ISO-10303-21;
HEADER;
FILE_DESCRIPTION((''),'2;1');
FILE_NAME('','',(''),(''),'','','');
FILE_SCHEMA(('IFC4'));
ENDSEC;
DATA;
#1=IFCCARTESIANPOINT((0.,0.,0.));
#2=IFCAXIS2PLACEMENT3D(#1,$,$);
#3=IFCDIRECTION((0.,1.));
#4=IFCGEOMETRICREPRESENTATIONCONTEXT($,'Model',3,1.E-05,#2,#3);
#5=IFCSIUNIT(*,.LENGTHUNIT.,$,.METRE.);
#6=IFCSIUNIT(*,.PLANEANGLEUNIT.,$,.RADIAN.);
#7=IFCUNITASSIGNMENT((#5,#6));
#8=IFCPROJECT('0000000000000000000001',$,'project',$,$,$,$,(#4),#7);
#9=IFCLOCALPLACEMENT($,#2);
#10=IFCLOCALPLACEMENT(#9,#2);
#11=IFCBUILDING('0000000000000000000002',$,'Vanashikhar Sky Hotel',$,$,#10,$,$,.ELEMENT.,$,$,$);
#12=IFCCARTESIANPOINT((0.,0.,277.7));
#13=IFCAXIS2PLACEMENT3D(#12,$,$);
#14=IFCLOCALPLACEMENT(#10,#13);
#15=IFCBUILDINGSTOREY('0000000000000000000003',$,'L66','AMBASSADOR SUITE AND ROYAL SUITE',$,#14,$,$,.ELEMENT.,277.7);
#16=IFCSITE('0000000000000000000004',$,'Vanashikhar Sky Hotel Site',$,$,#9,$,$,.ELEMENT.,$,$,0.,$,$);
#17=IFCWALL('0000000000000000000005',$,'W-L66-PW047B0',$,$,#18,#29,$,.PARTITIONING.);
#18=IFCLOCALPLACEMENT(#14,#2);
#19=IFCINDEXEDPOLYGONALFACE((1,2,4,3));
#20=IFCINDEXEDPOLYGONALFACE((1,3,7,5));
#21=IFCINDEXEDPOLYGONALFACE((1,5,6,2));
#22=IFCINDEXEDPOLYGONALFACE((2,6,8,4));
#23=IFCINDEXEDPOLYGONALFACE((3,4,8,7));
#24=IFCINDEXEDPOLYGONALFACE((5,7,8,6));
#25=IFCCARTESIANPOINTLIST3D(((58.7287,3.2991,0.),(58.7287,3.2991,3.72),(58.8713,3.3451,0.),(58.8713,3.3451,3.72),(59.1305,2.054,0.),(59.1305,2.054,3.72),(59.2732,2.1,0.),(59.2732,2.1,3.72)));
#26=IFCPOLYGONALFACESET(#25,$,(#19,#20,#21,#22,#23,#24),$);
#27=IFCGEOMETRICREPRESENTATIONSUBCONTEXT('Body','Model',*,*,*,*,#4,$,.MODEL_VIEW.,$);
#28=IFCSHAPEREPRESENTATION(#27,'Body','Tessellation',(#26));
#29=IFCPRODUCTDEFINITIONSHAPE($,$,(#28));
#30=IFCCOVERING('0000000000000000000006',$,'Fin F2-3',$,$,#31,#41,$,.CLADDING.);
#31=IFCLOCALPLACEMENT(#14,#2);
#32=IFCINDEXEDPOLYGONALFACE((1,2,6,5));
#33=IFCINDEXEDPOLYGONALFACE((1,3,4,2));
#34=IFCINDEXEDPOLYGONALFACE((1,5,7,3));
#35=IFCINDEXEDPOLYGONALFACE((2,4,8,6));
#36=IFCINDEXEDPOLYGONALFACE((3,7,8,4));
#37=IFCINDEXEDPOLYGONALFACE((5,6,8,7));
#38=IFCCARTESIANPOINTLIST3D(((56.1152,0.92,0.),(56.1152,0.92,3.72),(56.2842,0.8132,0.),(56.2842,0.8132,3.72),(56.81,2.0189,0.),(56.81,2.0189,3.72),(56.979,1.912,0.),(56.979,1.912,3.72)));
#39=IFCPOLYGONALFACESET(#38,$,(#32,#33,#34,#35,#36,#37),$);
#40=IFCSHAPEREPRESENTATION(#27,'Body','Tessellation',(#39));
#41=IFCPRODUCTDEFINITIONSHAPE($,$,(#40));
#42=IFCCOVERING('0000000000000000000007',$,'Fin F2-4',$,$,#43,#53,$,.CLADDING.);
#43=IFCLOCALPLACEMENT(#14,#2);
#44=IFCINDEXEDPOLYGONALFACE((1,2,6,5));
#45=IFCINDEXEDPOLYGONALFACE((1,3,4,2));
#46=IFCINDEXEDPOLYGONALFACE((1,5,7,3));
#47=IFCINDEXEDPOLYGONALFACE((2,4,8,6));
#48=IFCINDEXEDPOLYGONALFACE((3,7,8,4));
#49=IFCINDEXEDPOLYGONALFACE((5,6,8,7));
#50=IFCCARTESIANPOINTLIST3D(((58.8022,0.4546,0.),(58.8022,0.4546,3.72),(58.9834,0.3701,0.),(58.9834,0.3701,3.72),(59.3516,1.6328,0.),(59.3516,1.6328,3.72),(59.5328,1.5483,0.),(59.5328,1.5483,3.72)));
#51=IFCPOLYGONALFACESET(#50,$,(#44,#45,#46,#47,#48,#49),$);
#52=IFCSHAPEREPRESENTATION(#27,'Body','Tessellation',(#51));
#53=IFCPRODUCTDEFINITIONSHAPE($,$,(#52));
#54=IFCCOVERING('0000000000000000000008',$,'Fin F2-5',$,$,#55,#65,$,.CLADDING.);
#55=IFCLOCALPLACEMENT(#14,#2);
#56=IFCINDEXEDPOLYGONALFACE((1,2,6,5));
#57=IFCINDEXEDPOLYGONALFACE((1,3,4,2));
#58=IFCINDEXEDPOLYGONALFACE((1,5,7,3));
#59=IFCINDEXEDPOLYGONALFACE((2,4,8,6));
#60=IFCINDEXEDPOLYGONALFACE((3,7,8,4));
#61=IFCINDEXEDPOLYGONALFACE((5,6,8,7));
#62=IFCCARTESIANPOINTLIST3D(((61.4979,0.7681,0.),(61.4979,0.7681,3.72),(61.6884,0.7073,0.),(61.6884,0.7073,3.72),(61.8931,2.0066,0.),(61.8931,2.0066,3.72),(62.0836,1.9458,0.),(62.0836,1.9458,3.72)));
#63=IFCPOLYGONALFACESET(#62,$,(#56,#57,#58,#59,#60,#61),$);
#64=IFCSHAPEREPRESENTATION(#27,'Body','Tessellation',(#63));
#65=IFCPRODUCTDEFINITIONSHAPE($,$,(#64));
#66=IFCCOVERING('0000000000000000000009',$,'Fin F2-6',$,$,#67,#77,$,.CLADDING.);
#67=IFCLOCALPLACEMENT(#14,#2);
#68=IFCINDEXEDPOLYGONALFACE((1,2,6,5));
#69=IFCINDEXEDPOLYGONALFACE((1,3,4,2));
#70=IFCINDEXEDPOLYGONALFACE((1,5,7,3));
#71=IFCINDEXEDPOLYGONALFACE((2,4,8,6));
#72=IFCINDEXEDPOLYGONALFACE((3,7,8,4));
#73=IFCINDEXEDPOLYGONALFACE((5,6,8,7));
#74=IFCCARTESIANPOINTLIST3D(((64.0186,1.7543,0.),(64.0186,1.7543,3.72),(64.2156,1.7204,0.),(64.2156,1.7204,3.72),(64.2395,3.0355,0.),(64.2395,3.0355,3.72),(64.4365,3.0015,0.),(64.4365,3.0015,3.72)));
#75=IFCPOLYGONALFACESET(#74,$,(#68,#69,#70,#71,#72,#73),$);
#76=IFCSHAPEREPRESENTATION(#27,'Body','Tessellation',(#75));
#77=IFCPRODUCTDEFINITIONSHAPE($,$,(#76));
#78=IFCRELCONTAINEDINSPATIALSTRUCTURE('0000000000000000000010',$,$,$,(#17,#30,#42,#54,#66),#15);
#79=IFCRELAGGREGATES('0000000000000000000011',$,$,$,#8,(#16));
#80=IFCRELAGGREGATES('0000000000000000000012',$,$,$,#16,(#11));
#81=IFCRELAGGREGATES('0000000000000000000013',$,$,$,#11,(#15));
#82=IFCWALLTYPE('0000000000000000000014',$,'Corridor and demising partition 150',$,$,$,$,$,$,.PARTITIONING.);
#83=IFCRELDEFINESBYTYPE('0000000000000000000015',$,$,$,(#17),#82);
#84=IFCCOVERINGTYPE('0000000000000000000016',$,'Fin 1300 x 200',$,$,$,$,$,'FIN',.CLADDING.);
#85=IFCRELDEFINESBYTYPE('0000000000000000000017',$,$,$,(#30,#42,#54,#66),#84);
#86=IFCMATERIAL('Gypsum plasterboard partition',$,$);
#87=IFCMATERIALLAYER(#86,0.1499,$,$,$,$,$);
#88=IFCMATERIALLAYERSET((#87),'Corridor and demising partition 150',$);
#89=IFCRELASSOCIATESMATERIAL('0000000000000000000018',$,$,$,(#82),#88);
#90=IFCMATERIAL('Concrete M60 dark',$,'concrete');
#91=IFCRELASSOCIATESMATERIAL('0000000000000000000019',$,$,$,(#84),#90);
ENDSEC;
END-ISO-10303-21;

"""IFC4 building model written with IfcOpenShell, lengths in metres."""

from ifc_helpers import new_model, si_unit, direction, frame, frame_2d, origin, origin_2d, place, context, subcontext, project, spatial, rectangle, extrude, source, transform, mapped, material, layer, layer_set, material_profile, profile_set, type_object, element, save


model = new_model("IFC4")

# Units and contexts
model_context = context("Model", 3, precision=1e-05, world=origin(), true_north=direction((0.0, 1.0)))
body_context = subcontext(model_context, "Body", "Model", "MODEL_VIEW")
ifc_project = project(units=[si_unit("LENGTHUNIT", "METRE"), si_unit("PLANEANGLEUNIT", "RADIAN")], contexts=[model_context])

# Site, building, storey
site_placement = place(None, origin())
site = spatial("IfcSite", under=ifc_project, at=site_placement, Name="Vanashikhar Sky Hotel Site", CompositionType="ELEMENT", RefElevation=0.0)
building_placement = place(site_placement, origin())
building = spatial("IfcBuilding", under=site, at=building_placement, Name="Vanashikhar Sky Hotel", CompositionType="ELEMENT")
storey_placement = place(building_placement, frame((0.0, 0.0, 277.7)))
storey = spatial("IfcBuildingStorey", under=building, at=storey_placement, Name="L66", Description="AMBASSADOR SUITE AND ROYAL SUITE", CompositionType="ELEMENT", Elevation=277.7)

# Shared definitions
ifc_material_1 = material(Name="Gypsum plasterboard partition")

# Shared definitions
ifc_layer_1 = layer(ifc_material_1, 0.1499)
ifc_layer_set_1 = layer_set([ifc_layer_1], Name="Corridor and demising partition 150")
wall_type_1 = type_object("IfcWallType", Name="Corridor and demising partition 150", PredefinedType="PARTITIONING", material=ifc_layer_set_1)

# Wall
shared_shape_1 = source(origin(), body_context, "Body", "SweptSolid", [
    extrude(rectangle(XDim=1.3083, YDim=0.1499, at=frame_2d((0.6543, 0.0))), origin(), (0.0, 0.0, 1.0), 3.72),
])
wall_1_placement = place(storey_placement, frame((59.2019, 2.0769, 0.0), z_axis=(0.0, 0.0, 1.0), x_axis=(-0.307145, 0.951663, 0.0)))
element("IfcWall", 1, at=wall_1_placement, inside=storey, type_object=wall_type_1, Name="W-L66-PW047B0", PredefinedType="PARTITIONING", context=body_context, shape_type="MappedRepresentation", body=[
    mapped(shared_shape_1, transform((0.0, 0.0, 0.0), scale=1.0)),
])

# Coverings
ifc_material_2 = material(Name="Concrete M60 dark", Category="concrete")
ifc_material_profile_1 = material_profile(ifc_material_2, rectangle(XDim=1.3, YDim=0.2, at=origin_2d()))
ifc_profile_set_1 = profile_set([ifc_material_profile_1], Name="Fin 1300 x 200")
covering_type = type_object("IfcCoveringType", Name="Fin 1300 x 200", ElementType="FIN", PredefinedType="CLADDING", material=ifc_profile_set_1)
shared_shape_2 = source(origin(), body_context, "Body", "SweptSolid", [
    extrude(rectangle(XDim=1.3, YDim=0.2, at=origin_2d()), origin(), (0.0, 0.0, 1.0), 3.72),
])
for number, where, z_axis, x_axis, name in (
    (2, (56.5471, 1.416, 0.0), (0.0, 0.0, 1.0), (-0.534411, -0.845225, 0.0), "Fin F2-3"),
    (3, (59.1675, 1.0015, 0.0), (0.0, 0.0, 1.0), (-0.422618, -0.906308, 0.0), "Fin F2-4"),
    (4, (61.7908, 1.3569, 0.0), (0.0, 0.0, 1.0), (-0.303967, -0.952683, 0.0), "Fin F2-5"),
    (5, (64.2275, 2.3779, 0.0), (0.0, 0.0, 1.0), (-0.1699, -0.985461, 0.0), "Fin F2-6"),
):
    element("IfcCovering", number, at=place(storey_placement, frame(where, z_axis=z_axis, x_axis=x_axis)), inside=storey, type_object=covering_type, Name=name, PredefinedType="CLADDING", context=body_context, shape_type="MappedRepresentation", body=[
        mapped(shared_shape_2, transform((0.0, 0.0, 0.0), scale=1.0)),
    ])

save(model, "model.ifc")
